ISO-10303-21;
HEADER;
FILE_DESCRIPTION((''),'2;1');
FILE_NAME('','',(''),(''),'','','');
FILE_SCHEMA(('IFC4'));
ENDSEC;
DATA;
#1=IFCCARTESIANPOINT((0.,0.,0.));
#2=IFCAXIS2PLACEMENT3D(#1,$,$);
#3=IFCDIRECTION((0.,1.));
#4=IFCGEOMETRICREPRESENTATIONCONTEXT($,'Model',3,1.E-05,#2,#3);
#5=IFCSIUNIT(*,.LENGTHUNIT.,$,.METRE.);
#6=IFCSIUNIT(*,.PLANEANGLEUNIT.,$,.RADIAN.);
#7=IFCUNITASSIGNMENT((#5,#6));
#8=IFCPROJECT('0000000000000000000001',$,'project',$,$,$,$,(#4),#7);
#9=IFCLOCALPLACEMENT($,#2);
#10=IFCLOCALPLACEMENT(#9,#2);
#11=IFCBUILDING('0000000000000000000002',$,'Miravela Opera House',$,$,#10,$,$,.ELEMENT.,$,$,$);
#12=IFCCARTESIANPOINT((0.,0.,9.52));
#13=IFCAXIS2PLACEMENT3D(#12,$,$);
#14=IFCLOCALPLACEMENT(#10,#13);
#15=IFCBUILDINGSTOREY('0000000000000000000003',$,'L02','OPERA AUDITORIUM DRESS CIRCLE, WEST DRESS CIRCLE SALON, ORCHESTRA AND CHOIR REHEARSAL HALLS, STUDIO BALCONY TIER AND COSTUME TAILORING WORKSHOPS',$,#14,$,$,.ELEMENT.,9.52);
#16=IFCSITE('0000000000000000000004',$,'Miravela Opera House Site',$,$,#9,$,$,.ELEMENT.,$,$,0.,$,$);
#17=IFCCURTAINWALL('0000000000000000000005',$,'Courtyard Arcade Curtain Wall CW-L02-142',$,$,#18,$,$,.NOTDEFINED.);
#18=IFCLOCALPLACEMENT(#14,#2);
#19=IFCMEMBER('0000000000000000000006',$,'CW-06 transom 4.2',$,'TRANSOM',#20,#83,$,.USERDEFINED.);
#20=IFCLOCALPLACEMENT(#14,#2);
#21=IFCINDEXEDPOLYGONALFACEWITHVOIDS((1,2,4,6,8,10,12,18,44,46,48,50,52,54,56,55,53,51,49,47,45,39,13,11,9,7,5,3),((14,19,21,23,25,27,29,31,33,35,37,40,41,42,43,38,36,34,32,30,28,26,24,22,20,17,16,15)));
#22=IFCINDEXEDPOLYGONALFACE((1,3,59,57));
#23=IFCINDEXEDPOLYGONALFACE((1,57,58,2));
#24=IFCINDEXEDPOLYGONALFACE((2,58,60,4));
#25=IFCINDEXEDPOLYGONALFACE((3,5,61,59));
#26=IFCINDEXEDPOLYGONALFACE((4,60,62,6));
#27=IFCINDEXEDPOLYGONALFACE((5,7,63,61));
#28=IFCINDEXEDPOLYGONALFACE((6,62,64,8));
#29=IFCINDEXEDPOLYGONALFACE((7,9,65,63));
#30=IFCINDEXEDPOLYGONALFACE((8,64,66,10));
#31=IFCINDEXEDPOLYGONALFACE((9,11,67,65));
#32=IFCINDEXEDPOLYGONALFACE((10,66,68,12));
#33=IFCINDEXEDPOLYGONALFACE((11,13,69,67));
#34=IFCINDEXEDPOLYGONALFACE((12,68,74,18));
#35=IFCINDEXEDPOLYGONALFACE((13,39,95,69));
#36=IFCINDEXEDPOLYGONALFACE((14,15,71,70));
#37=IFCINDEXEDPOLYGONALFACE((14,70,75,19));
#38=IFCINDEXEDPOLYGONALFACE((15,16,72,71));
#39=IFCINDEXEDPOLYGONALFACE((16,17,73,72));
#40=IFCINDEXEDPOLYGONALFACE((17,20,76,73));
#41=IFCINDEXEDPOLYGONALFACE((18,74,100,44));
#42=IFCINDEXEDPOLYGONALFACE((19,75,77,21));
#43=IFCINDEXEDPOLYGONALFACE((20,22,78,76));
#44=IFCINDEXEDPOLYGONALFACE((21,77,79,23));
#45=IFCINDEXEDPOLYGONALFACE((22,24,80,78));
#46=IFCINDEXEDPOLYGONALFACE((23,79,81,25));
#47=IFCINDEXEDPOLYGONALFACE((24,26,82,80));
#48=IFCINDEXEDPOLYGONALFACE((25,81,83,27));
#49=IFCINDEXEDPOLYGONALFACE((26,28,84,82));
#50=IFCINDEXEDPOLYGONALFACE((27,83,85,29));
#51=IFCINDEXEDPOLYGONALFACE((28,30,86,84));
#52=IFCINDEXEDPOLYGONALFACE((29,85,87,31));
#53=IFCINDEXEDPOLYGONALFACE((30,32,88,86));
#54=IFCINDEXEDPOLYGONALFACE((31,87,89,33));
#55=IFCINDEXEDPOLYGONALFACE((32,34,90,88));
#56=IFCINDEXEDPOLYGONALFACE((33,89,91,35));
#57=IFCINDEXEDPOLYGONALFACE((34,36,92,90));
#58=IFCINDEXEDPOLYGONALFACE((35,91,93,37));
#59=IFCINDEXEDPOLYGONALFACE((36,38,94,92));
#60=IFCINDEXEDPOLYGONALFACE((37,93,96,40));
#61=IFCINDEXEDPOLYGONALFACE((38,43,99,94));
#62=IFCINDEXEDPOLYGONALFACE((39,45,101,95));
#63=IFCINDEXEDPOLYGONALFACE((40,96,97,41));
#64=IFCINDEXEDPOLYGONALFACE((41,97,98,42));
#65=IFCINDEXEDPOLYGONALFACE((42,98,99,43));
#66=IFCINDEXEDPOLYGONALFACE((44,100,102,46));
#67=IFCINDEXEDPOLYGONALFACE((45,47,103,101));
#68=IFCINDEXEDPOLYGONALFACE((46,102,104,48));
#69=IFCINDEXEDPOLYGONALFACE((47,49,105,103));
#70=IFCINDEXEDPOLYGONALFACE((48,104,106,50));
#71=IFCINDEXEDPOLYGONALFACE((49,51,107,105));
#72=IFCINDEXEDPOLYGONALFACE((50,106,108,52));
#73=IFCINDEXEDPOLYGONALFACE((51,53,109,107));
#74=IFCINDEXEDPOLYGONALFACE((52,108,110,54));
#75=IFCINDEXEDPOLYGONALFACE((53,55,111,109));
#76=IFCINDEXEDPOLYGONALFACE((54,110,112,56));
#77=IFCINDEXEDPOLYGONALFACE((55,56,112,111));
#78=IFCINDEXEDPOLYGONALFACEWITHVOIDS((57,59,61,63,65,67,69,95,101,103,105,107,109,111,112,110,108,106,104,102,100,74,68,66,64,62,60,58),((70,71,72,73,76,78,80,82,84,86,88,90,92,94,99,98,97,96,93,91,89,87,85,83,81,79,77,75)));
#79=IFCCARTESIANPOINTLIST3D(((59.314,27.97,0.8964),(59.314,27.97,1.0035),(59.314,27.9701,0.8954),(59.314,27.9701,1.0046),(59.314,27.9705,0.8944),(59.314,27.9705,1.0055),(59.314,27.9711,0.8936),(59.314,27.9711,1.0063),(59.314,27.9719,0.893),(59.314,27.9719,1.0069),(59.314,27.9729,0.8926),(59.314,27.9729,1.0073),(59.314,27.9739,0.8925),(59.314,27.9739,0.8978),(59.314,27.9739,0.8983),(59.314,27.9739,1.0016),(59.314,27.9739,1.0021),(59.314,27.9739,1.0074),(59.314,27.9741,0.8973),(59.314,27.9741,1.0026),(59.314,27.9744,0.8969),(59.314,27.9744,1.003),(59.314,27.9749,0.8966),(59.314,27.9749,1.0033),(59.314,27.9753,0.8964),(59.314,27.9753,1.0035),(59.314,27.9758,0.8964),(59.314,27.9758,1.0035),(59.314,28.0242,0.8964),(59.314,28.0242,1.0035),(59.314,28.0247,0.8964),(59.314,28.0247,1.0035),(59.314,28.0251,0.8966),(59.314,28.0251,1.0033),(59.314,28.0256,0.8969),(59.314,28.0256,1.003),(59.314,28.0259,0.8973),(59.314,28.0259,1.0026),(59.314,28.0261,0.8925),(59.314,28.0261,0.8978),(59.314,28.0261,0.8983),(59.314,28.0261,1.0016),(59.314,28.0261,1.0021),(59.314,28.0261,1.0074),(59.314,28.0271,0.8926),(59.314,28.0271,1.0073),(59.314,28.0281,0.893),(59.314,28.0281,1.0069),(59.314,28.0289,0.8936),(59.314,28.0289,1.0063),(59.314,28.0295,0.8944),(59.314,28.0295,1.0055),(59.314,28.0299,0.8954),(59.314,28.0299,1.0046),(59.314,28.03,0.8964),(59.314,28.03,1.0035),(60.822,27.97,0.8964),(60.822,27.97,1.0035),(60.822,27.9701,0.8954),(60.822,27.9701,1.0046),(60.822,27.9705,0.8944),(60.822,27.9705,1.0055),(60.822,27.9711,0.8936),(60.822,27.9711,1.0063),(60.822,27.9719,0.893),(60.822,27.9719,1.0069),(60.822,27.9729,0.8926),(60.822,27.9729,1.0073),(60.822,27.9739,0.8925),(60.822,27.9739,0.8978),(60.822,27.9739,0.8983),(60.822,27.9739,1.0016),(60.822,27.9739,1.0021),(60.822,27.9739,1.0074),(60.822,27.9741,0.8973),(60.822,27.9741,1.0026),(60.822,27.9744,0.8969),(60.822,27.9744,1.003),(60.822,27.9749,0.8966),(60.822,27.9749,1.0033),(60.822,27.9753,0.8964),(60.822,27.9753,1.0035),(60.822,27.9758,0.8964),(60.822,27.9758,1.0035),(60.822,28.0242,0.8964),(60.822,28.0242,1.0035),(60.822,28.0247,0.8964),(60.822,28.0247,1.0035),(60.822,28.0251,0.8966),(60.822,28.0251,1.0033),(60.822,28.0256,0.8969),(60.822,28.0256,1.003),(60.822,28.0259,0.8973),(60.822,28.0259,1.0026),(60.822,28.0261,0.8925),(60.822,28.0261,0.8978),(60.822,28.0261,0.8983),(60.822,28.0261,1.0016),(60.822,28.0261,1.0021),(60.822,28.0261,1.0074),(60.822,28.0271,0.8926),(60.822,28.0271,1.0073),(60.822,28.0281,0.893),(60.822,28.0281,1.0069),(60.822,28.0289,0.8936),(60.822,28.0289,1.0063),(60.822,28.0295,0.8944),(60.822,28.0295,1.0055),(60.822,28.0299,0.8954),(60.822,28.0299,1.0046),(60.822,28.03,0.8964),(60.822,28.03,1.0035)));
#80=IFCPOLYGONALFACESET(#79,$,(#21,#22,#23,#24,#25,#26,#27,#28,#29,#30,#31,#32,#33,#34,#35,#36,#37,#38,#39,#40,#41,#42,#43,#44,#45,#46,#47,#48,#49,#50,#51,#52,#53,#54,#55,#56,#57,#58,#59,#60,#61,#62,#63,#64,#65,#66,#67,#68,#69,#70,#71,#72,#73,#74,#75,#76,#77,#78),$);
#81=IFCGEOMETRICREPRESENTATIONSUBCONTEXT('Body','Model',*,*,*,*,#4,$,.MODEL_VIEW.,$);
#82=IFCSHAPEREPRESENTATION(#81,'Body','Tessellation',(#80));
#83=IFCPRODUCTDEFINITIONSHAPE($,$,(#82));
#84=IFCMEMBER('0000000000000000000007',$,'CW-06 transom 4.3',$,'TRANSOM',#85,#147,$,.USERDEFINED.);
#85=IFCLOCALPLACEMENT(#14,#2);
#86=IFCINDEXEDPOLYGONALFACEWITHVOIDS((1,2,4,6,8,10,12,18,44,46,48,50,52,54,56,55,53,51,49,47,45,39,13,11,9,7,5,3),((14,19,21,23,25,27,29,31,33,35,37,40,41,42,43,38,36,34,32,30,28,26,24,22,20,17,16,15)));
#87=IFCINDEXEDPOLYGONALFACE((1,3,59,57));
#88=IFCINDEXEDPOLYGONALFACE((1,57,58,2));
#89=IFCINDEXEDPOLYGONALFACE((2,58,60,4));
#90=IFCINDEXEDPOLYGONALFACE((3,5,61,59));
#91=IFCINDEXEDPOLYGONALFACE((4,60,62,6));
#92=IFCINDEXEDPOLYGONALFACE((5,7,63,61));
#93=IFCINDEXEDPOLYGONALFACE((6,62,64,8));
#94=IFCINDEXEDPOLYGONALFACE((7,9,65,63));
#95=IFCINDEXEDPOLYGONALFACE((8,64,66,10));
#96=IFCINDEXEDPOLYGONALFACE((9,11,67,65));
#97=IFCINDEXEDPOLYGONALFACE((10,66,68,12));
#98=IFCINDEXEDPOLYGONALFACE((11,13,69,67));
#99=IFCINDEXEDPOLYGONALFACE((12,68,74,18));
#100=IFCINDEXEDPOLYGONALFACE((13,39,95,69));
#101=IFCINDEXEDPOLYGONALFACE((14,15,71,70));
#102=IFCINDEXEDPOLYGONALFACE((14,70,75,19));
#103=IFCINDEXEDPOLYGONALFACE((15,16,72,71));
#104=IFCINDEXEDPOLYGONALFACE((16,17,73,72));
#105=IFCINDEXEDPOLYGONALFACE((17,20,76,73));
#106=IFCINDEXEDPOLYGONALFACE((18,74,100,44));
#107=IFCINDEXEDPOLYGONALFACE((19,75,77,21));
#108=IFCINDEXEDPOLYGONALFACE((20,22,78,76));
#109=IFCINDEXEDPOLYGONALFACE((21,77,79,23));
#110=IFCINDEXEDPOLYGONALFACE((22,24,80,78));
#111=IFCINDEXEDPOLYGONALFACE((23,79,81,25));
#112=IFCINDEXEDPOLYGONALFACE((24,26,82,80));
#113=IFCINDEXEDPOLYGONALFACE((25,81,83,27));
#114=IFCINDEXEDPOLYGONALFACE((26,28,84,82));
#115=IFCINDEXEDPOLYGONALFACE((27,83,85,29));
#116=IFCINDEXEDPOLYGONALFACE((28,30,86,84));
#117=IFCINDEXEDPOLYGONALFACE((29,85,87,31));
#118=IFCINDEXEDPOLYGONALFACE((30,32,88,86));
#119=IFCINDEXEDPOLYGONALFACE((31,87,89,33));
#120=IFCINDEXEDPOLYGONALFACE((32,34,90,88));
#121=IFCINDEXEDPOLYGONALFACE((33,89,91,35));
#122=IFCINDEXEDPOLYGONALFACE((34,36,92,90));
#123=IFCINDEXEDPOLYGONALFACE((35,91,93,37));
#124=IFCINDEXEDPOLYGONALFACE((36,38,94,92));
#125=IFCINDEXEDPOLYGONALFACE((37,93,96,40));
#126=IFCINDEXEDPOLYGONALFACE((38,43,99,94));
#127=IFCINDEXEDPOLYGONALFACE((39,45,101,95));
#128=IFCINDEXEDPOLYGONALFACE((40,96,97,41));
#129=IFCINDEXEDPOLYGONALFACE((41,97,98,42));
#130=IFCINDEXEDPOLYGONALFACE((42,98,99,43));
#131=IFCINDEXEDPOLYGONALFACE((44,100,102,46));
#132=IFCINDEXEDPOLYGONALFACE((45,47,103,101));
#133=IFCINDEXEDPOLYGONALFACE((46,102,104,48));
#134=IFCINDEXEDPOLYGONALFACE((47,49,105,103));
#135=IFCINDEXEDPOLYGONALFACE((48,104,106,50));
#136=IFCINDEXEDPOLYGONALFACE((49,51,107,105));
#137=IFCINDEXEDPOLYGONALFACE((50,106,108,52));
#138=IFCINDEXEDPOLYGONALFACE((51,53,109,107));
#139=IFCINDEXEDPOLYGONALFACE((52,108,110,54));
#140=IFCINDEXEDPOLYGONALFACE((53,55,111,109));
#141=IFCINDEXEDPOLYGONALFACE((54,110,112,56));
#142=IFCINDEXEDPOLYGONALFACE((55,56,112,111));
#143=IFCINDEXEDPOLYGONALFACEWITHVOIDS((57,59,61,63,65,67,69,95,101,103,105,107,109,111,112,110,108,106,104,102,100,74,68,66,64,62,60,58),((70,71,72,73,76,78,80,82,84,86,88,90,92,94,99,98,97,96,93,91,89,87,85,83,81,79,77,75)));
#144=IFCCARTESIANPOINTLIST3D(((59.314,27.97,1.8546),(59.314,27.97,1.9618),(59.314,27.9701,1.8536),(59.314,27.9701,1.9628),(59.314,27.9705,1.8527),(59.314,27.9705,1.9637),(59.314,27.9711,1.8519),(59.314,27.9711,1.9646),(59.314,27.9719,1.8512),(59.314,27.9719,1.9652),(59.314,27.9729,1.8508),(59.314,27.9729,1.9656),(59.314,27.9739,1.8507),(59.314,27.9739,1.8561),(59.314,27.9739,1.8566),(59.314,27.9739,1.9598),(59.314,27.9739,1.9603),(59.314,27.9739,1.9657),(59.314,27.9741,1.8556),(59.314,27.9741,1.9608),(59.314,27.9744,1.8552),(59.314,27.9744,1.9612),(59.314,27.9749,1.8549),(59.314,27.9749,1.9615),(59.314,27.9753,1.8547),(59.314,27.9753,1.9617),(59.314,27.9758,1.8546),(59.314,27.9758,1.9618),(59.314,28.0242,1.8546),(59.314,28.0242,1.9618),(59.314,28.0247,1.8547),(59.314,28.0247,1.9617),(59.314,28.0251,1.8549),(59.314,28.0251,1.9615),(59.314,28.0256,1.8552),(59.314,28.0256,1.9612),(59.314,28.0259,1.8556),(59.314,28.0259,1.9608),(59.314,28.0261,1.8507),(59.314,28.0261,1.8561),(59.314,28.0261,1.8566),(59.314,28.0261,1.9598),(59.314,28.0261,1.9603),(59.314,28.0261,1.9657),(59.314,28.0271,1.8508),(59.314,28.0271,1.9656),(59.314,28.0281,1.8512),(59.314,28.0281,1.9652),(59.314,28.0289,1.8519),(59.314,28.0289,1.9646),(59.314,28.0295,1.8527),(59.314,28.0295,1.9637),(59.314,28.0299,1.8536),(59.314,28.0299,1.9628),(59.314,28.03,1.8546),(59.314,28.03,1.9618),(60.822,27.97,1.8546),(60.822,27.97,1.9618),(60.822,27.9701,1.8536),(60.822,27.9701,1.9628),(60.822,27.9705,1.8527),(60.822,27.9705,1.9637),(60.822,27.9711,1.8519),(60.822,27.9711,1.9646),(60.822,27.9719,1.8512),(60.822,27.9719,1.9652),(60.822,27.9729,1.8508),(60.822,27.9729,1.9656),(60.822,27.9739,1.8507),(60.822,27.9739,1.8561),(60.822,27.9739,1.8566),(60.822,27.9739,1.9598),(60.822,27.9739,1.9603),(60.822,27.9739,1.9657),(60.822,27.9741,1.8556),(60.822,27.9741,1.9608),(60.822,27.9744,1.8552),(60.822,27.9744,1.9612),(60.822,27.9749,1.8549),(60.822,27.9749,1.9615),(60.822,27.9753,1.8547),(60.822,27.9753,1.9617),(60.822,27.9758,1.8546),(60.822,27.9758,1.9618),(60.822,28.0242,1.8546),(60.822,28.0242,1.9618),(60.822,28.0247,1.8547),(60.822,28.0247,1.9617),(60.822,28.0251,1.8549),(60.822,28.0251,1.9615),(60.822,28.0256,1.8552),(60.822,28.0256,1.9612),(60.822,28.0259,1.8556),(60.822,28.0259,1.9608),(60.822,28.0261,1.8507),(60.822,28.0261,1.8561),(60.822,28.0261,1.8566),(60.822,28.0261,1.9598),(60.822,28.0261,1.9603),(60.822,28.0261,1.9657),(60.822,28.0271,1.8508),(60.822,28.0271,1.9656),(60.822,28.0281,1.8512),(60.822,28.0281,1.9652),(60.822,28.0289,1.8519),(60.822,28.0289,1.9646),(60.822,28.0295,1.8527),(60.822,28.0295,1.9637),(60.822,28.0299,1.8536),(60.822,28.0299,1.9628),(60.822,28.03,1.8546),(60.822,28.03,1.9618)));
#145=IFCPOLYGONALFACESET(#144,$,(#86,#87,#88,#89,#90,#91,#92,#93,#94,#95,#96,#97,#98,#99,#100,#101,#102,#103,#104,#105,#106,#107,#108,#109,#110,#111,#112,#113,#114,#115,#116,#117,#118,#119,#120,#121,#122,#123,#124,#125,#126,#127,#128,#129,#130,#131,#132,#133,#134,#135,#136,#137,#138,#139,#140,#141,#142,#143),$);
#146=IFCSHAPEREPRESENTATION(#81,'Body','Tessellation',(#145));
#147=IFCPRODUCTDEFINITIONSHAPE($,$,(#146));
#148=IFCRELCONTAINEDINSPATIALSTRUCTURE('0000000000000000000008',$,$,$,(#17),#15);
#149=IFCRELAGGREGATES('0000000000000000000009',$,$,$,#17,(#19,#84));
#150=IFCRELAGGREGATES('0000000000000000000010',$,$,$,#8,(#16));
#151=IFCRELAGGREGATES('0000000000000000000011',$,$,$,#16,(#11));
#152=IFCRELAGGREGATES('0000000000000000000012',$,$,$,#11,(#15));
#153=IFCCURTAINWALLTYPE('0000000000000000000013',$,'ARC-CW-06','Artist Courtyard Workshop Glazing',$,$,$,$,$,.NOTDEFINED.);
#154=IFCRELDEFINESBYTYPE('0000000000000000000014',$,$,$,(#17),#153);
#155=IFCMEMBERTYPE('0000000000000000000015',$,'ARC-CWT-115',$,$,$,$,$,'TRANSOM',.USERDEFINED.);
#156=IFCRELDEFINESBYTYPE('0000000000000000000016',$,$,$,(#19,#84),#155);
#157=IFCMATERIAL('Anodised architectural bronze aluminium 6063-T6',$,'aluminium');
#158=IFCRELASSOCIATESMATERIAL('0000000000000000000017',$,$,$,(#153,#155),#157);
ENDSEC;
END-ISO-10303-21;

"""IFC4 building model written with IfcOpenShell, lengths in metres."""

from ifc_helpers import new_model, si_unit, direction, frame, origin, origin_2d, place, context, subcontext, project, spatial, hollow_rectangle, extrude, material, material_profile, profile_set, type_object, element, aggregate, save


model = new_model("IFC4")

# Units and contexts
model_context = context("Model", 3, precision=1e-05, world=origin(), true_north=direction((0.0, 1.0)))
body_context = subcontext(model_context, "Body", "Model", "MODEL_VIEW")
ifc_project = project(units=[si_unit("LENGTHUNIT", "METRE"), si_unit("PLANEANGLEUNIT", "RADIAN")], contexts=[model_context])

# Site, building, storey
site_placement = place(None, origin())
site = spatial("IfcSite", under=ifc_project, at=site_placement, Name="Miravela Opera House Site", CompositionType="ELEMENT", RefElevation=0.0)
building_placement = place(site_placement, origin())
building = spatial("IfcBuilding", under=site, at=building_placement, Name="Miravela Opera House", CompositionType="ELEMENT")
storey_placement = place(building_placement, frame((0.0, 0.0, 9.52)))
storey = spatial("IfcBuildingStorey", under=building, at=storey_placement, Name="L02", Description="OPERA AUDITORIUM DRESS CIRCLE, WEST DRESS CIRCLE SALON, ORCHESTRA AND CHOIR REHEARSAL HALLS, STUDIO BALCONY TIER AND COSTUME TAILORING WORKSHOPS", CompositionType="ELEMENT", Elevation=9.52)

# Curtain wall, members
ifc_material_1 = material(Name="Anodised architectural bronze aluminium 6063-T6", Category="aluminium")
curtain_wall_type = type_object("IfcCurtainWallType", Name="ARC-CW-06", Description="Artist Courtyard Workshop Glazing", PredefinedType="NOTDEFINED", material=ifc_material_1)
curtain_wall_placement = place(storey_placement, origin())
curtain_wall = element("IfcCurtainWall", 1, at=curtain_wall_placement, inside=storey, type_object=curtain_wall_type, Name="Courtyard Arcade Curtain Wall CW-L02-142", PredefinedType="NOTDEFINED")
ifc_material_profile_1 = material_profile(ifc_material_1, hollow_rectangle(XDim=0.0601, YDim=0.115, WallThickness=0.0039, InnerFilletRadius=0.002, OuterFilletRadius=0.0039, at=origin_2d()), Name="CWT-60X115")
ifc_profile_set_1 = profile_set([ifc_material_profile_1])
member_type_1 = type_object("IfcMemberType", Name="ARC-CWT-115", ElementType="TRANSOM", PredefinedType="USERDEFINED", material=ifc_profile_set_1)
member_1_placement = place(storey_placement, frame((59.314, 28.0, 0.95), z_axis=(1.0, 0.0, 0.0), x_axis=(0.0, 1.0, 0.0)))
member_1 = element("IfcMember", 2, at=member_1_placement, type_object=member_type_1, Name="CW-06 transom 4.2", ObjectType="TRANSOM", PredefinedType="USERDEFINED", context=body_context, shape_type="SweptSolid", body=[
    extrude(hollow_rectangle(XDim=0.0601, YDim=0.115, WallThickness=0.0039, InnerFilletRadius=0.002, OuterFilletRadius=0.0039, at=origin_2d()), origin(), (0.0, 0.0, 1.0), 1.5081),
])
member_2_placement = place(storey_placement, frame((59.314, 28.0, 1.9082), z_axis=(1.0, 0.0, 0.0), x_axis=(0.0, 1.0, 0.0)))
member_2 = element("IfcMember", 3, at=member_2_placement, type_object=member_type_1, Name="CW-06 transom 4.3", ObjectType="TRANSOM", PredefinedType="USERDEFINED", context=body_context, shape_type="SweptSolid", body=[
    extrude(hollow_rectangle(XDim=0.0601, YDim=0.115, WallThickness=0.0039, InnerFilletRadius=0.002, OuterFilletRadius=0.0039, at=origin_2d()), origin(), (0.0, 0.0, 1.0), 1.5081),
])
aggregate(curtain_wall, [member_1, member_2])

save(model, "model.ifc")
